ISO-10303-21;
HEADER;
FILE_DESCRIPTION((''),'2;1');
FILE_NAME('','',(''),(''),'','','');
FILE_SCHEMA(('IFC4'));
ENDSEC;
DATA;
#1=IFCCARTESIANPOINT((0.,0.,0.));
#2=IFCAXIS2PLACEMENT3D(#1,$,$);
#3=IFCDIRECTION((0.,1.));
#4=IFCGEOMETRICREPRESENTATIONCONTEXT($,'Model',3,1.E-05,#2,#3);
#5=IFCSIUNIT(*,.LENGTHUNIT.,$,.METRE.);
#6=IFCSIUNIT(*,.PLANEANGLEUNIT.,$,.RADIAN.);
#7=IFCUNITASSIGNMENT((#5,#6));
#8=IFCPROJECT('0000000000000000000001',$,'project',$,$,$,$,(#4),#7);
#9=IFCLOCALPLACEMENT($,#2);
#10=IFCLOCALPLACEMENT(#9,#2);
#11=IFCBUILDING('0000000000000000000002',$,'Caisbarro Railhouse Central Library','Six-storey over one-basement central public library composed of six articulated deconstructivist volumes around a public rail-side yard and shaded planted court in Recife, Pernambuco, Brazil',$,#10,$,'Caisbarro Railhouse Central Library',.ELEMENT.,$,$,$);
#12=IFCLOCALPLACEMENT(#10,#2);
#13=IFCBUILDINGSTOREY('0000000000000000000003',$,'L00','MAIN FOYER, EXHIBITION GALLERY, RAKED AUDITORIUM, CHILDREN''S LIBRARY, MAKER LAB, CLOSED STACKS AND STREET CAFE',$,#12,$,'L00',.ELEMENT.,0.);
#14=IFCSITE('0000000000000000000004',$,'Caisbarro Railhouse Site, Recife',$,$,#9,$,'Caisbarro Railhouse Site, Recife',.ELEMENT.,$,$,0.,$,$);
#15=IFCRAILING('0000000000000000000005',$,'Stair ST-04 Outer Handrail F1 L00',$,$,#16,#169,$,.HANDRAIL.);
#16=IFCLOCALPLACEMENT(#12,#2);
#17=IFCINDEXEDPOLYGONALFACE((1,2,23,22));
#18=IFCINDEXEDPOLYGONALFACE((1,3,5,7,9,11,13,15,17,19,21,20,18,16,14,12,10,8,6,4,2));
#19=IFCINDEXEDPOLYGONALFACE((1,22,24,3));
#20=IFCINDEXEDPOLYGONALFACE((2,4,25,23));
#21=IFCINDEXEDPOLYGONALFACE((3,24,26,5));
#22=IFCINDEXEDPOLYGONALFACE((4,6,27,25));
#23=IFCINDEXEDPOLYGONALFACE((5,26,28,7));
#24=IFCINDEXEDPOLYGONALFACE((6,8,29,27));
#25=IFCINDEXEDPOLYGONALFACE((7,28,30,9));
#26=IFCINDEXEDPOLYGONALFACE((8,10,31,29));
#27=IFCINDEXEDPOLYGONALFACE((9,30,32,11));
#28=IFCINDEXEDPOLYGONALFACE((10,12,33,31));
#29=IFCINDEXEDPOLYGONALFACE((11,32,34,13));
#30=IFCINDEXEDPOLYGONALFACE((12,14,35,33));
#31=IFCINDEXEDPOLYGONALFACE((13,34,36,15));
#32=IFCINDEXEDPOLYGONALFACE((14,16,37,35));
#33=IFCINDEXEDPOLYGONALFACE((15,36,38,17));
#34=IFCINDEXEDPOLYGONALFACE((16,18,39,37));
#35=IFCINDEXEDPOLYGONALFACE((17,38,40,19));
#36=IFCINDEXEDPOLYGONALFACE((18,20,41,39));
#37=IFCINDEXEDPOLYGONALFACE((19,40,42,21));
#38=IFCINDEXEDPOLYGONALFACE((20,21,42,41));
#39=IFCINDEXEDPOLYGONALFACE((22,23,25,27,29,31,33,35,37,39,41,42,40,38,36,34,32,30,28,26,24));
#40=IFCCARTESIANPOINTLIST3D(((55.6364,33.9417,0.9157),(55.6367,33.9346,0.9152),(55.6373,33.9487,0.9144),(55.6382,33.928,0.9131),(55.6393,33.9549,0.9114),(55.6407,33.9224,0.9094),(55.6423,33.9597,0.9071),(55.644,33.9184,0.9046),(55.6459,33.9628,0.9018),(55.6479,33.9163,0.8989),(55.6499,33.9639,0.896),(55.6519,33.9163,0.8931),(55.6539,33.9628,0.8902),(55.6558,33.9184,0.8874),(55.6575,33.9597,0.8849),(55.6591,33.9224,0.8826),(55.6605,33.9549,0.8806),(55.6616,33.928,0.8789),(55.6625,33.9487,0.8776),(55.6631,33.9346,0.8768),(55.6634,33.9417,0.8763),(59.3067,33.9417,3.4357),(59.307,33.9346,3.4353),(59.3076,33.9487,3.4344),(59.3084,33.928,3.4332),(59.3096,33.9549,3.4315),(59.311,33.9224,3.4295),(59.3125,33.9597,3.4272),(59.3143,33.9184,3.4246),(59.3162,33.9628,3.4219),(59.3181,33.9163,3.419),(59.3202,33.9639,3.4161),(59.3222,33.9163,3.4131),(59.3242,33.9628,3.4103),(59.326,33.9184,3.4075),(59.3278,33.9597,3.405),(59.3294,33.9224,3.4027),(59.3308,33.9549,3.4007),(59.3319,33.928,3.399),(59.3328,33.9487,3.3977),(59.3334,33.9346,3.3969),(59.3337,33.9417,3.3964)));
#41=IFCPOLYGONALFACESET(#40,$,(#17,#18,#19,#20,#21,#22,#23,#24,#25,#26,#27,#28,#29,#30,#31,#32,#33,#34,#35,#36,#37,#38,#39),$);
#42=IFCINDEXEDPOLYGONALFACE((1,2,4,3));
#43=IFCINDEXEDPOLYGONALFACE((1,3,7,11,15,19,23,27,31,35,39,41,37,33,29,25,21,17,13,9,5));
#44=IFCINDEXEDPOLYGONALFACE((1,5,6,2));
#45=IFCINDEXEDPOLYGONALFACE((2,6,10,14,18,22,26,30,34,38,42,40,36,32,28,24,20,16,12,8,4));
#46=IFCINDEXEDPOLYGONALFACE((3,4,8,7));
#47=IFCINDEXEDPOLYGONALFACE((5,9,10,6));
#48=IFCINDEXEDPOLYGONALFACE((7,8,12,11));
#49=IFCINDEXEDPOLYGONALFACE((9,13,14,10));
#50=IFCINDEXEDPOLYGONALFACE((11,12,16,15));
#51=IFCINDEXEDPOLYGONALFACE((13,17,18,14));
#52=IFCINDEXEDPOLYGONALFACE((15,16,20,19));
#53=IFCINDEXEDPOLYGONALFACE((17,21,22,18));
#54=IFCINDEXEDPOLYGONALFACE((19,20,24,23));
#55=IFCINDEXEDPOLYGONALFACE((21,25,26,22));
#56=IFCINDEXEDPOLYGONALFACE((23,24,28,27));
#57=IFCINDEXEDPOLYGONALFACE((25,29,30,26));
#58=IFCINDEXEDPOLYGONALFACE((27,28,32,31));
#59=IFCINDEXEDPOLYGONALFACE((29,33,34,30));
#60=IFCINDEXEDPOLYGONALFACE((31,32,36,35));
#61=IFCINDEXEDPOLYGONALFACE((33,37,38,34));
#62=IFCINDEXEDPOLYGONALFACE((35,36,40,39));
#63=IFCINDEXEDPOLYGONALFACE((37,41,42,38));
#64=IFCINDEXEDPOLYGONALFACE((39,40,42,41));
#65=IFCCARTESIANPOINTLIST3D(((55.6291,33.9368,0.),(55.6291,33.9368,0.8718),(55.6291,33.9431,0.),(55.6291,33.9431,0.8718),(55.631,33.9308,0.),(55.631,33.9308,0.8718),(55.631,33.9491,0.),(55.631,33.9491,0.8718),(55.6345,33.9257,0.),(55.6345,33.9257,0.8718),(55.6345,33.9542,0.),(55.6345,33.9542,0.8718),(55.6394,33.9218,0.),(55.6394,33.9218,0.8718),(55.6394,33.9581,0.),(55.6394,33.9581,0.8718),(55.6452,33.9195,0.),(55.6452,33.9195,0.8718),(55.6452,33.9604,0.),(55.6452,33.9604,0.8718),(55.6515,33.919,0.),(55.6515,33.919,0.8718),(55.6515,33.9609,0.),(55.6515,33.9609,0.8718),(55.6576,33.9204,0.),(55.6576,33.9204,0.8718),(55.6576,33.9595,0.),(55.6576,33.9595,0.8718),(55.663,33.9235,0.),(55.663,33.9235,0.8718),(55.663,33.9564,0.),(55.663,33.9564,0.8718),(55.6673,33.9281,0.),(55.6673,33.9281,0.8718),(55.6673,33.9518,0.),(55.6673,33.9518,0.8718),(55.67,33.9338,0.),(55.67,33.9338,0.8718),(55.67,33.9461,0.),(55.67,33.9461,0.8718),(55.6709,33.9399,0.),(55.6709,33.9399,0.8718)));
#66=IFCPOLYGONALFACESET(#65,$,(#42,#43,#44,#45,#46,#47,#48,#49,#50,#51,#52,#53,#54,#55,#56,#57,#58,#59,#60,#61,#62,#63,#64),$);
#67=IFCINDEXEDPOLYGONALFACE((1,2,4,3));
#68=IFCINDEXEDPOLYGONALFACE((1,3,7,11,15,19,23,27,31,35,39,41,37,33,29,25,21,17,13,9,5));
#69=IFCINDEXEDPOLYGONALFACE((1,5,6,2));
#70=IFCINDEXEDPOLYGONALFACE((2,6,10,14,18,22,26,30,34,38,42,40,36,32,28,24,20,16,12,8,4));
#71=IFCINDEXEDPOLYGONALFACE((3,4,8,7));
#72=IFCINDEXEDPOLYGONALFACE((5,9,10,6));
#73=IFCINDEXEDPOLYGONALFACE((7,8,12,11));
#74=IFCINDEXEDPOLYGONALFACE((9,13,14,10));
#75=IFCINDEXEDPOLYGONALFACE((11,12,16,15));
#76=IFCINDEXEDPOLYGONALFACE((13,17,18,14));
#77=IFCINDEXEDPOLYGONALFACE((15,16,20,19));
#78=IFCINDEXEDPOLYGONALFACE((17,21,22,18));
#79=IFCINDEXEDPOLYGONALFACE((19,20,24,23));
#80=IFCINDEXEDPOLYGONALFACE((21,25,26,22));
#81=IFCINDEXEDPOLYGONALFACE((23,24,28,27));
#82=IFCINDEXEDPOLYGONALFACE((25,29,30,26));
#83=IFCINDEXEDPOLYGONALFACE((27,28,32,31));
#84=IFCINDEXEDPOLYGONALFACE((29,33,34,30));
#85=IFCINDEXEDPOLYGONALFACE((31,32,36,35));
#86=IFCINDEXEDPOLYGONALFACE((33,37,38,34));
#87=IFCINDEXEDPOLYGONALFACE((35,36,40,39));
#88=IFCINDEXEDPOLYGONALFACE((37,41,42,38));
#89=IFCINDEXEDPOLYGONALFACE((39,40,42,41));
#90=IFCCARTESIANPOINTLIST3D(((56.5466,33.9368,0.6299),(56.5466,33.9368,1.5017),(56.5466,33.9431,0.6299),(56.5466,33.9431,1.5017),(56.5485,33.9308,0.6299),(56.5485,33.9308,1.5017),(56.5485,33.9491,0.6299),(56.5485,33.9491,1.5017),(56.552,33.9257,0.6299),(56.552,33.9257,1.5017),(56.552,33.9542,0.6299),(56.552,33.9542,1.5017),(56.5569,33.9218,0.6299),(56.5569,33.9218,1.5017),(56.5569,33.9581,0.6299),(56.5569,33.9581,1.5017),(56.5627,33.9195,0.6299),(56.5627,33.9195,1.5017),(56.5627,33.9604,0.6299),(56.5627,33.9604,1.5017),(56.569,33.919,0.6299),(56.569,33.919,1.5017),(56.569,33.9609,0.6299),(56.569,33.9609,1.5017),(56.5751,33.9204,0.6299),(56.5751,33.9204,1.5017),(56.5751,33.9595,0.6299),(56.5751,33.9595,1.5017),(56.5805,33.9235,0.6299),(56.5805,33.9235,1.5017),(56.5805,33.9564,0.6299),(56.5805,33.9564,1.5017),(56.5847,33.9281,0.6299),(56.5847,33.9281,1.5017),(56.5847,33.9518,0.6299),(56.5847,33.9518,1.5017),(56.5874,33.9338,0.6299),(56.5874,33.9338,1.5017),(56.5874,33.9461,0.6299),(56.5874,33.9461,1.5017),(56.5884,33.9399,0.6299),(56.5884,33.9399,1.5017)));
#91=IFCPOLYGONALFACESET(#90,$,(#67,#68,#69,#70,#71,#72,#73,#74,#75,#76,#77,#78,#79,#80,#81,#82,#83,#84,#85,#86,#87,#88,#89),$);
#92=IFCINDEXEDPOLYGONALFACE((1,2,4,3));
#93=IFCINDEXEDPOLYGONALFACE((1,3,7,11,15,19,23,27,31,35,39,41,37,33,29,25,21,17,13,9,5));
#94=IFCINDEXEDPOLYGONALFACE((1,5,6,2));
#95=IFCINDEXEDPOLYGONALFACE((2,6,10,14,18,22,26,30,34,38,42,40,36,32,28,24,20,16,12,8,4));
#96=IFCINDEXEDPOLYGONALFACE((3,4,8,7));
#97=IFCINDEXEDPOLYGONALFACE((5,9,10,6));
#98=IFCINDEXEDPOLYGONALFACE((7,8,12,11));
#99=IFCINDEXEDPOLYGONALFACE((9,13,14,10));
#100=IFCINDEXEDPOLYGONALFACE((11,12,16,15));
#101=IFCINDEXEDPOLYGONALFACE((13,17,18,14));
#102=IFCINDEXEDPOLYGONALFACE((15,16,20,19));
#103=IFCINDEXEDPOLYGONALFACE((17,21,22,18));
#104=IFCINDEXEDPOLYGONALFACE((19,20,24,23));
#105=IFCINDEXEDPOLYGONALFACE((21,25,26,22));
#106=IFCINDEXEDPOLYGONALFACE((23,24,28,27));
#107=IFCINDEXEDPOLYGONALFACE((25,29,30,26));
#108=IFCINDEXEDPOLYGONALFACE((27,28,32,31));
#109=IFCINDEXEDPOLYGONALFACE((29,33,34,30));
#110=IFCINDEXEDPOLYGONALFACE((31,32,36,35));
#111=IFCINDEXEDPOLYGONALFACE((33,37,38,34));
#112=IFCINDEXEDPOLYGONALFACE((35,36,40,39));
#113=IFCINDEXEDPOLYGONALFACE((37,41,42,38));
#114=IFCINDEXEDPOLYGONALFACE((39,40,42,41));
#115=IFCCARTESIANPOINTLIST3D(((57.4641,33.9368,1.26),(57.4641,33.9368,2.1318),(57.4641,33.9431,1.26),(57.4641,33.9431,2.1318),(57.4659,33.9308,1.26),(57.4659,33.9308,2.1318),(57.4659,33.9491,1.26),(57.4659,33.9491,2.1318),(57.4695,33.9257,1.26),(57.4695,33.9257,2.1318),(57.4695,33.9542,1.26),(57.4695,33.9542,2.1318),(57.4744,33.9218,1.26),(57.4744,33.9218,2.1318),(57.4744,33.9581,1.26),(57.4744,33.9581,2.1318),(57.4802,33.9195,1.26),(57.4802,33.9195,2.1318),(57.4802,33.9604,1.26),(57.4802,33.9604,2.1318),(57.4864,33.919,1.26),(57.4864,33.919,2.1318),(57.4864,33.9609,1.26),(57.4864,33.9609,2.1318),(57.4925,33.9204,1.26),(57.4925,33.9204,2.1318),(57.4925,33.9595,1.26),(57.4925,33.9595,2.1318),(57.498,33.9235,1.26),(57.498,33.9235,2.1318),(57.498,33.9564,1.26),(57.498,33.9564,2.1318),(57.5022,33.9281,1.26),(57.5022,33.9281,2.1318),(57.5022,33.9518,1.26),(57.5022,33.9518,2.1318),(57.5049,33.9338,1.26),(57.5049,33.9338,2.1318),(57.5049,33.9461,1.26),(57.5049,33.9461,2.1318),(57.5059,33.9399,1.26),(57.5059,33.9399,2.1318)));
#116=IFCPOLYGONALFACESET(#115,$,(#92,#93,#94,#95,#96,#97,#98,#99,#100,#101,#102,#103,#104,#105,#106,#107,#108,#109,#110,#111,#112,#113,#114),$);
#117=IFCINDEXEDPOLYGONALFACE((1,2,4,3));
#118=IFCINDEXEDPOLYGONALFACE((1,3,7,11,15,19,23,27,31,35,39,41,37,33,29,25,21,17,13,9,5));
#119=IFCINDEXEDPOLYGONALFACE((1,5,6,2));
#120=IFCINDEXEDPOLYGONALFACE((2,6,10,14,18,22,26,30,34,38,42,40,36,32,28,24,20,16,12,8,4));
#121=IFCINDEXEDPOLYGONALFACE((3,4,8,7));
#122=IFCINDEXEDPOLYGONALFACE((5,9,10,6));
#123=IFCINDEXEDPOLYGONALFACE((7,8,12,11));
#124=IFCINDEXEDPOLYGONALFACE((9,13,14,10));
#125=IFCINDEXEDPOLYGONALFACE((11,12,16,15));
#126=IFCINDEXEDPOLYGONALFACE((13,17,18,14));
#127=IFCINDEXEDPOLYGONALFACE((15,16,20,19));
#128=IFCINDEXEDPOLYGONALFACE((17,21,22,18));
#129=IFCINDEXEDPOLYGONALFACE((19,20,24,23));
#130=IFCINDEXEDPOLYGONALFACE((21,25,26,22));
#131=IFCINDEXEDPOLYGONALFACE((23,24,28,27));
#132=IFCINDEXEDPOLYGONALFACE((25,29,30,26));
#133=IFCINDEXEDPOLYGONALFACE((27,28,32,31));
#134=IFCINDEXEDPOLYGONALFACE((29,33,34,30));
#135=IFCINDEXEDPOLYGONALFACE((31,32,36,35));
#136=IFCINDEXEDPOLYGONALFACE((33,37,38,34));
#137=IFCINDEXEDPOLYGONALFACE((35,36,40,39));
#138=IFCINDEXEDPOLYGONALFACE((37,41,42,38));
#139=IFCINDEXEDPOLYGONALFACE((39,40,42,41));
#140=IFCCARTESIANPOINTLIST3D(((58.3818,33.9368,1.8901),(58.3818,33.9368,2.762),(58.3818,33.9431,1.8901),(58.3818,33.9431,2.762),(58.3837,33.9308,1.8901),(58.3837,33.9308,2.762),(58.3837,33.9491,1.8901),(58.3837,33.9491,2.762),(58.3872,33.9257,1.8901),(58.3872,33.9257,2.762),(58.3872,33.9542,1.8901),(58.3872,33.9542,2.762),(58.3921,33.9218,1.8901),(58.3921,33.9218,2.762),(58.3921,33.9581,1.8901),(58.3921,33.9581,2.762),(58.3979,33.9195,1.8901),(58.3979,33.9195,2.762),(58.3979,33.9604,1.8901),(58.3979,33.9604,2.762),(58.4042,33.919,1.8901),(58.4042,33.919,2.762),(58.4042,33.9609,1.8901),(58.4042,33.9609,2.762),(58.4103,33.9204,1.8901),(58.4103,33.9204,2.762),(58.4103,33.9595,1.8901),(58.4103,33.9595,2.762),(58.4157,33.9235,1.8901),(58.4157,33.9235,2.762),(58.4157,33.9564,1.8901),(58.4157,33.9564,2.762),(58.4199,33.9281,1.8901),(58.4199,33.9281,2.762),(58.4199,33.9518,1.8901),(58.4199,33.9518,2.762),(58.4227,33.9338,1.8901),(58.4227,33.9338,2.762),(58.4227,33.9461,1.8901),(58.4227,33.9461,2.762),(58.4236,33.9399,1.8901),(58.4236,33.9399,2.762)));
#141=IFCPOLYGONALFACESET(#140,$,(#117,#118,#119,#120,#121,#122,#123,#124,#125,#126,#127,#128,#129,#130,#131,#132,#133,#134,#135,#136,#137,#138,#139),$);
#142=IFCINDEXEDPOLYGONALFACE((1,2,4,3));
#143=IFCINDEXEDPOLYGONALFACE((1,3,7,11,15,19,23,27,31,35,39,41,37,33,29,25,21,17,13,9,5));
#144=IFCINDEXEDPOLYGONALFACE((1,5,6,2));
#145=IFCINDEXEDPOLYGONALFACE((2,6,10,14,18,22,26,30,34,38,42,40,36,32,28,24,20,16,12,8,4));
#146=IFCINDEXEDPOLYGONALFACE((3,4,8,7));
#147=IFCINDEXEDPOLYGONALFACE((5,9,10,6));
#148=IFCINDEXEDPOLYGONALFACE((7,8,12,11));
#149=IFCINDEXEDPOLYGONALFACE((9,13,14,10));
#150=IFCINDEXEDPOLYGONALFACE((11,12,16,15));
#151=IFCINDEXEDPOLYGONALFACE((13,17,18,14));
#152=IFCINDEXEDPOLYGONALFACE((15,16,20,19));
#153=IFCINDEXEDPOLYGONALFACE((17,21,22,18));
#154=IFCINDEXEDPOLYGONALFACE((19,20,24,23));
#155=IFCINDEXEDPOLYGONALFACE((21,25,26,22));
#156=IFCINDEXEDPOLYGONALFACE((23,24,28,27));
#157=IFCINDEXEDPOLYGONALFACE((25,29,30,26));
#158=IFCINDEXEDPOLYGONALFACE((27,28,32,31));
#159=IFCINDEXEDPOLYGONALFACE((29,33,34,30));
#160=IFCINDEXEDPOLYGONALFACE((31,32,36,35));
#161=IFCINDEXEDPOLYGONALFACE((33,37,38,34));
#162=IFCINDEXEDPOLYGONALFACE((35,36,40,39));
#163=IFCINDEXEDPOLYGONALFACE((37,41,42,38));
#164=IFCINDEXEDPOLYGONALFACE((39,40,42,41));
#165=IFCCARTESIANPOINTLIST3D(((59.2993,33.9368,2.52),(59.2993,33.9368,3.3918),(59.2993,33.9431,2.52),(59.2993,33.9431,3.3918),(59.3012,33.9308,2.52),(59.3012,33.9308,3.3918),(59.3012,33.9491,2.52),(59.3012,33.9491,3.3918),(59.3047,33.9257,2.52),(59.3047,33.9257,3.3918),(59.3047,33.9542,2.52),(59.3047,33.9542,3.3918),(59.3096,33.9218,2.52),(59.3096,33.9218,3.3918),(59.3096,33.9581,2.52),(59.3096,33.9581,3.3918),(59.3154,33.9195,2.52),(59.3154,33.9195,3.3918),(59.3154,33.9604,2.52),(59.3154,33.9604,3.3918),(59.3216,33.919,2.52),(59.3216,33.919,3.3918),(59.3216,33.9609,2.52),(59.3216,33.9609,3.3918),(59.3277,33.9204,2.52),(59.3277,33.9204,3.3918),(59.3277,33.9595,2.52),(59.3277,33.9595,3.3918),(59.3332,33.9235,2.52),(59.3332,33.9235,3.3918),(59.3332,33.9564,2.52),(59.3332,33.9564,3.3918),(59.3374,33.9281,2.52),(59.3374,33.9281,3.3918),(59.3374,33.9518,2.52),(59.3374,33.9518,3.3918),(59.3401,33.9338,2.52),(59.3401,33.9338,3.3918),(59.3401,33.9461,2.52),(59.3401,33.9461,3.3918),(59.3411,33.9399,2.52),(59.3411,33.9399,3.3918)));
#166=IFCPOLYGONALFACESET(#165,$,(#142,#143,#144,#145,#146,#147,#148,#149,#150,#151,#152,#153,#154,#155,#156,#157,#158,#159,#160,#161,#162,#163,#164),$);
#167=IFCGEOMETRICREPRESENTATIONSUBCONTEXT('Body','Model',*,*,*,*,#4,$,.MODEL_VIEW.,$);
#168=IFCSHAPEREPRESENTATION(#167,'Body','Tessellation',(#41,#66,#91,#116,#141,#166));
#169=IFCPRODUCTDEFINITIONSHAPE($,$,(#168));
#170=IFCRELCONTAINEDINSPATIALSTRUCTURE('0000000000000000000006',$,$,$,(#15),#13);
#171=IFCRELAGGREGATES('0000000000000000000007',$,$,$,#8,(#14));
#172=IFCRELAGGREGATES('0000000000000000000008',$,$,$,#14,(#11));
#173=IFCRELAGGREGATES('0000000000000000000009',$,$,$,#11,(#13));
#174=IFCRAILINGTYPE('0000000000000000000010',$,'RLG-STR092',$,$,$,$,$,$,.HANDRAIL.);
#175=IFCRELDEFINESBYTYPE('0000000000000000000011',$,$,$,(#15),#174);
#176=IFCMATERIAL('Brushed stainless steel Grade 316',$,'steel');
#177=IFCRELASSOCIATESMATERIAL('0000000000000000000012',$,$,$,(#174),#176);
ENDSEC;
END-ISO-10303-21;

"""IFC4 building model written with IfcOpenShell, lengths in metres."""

from ifc_helpers import new_model, si_unit, direction, frame, origin, origin_2d, place, context, subcontext, project, spatial, circle, extrude, material, type_object, element, save


model = new_model("IFC4")

# Units and contexts
model_context = context("Model", 3, precision=1e-05, world=origin(), true_north=direction((0.0, 1.0)))
body_context = subcontext(model_context, "Body", "Model", "MODEL_VIEW")
ifc_project = project(units=[si_unit("LENGTHUNIT", "METRE"), si_unit("PLANEANGLEUNIT", "RADIAN")], contexts=[model_context])

# Site, building, storey
site_placement = place(None, origin())
site = spatial("IfcSite", under=ifc_project, at=site_placement, Name="Caisbarro Railhouse Site, Recife", LongName="Caisbarro Railhouse Site, Recife", CompositionType="ELEMENT", RefElevation=0.0)
building_placement = place(site_placement, origin())
building = spatial("IfcBuilding", under=site, at=building_placement, Name="Caisbarro Railhouse Central Library", Description="Six-storey over one-basement central public library composed of six articulated deconstructivist volumes around a public rail-side yard and shaded planted court in Recife, Pernambuco, Brazil", LongName="Caisbarro Railhouse Central Library", CompositionType="ELEMENT")
storey_placement = place(building_placement, origin())
storey = spatial("IfcBuildingStorey", under=building, at=storey_placement, Name="L00", Description="MAIN FOYER, EXHIBITION GALLERY, RAKED AUDITORIUM, CHILDREN'S LIBRARY, MAKER LAB, CLOSED STACKS AND STREET CAFE", LongName="L00", CompositionType="ELEMENT", Elevation=0.0)

# Railing
ifc_material_1 = material(Name="Brushed stainless steel Grade 316", Category="steel")
railing_type_1 = type_object("IfcRailingType", Name="RLG-STR092", PredefinedType="HANDRAIL", material=ifc_material_1)
railing_1_placement = place(storey_placement, frame((55.6499, 33.9399, 0.0)))
element("IfcRailing", 1, at=railing_1_placement, inside=storey, type_object=railing_type_1, Name="Stair ST-04 Outer Handrail F1 L00", PredefinedType="HANDRAIL", context=body_context, shape_type="SweptSolid", body=[
    extrude(circle(Radius=0.0239, at=origin_2d()), frame((0.0, 0.0, 0.896), z_axis=(0.824379, 0.0, 0.566038), x_axis=(0.0, 1.0, 0.0)), (0.0, 0.0, 1.0), 4.4521),
    extrude(circle(Radius=0.021, at=origin_2d()), origin(), (0.0, 0.0, 1.0), 0.8718),
    extrude(circle(Radius=0.021, at=origin_2d()), frame((0.9175, 0.0, 0.6299)), (0.0, 0.0, 1.0), 0.8718),
    extrude(circle(Radius=0.021, at=origin_2d()), frame((1.835, 0.0, 1.26)), (0.0, 0.0, 1.0), 0.8718),
    extrude(circle(Radius=0.021, at=origin_2d()), frame((2.7527, 0.0, 1.8901)), (0.0, 0.0, 1.0), 0.8718),
    extrude(circle(Radius=0.021, at=origin_2d()), frame((3.6702, 0.0, 2.52)), (0.0, 0.0, 1.0), 0.8718),
])

save(model, "model.ifc")
